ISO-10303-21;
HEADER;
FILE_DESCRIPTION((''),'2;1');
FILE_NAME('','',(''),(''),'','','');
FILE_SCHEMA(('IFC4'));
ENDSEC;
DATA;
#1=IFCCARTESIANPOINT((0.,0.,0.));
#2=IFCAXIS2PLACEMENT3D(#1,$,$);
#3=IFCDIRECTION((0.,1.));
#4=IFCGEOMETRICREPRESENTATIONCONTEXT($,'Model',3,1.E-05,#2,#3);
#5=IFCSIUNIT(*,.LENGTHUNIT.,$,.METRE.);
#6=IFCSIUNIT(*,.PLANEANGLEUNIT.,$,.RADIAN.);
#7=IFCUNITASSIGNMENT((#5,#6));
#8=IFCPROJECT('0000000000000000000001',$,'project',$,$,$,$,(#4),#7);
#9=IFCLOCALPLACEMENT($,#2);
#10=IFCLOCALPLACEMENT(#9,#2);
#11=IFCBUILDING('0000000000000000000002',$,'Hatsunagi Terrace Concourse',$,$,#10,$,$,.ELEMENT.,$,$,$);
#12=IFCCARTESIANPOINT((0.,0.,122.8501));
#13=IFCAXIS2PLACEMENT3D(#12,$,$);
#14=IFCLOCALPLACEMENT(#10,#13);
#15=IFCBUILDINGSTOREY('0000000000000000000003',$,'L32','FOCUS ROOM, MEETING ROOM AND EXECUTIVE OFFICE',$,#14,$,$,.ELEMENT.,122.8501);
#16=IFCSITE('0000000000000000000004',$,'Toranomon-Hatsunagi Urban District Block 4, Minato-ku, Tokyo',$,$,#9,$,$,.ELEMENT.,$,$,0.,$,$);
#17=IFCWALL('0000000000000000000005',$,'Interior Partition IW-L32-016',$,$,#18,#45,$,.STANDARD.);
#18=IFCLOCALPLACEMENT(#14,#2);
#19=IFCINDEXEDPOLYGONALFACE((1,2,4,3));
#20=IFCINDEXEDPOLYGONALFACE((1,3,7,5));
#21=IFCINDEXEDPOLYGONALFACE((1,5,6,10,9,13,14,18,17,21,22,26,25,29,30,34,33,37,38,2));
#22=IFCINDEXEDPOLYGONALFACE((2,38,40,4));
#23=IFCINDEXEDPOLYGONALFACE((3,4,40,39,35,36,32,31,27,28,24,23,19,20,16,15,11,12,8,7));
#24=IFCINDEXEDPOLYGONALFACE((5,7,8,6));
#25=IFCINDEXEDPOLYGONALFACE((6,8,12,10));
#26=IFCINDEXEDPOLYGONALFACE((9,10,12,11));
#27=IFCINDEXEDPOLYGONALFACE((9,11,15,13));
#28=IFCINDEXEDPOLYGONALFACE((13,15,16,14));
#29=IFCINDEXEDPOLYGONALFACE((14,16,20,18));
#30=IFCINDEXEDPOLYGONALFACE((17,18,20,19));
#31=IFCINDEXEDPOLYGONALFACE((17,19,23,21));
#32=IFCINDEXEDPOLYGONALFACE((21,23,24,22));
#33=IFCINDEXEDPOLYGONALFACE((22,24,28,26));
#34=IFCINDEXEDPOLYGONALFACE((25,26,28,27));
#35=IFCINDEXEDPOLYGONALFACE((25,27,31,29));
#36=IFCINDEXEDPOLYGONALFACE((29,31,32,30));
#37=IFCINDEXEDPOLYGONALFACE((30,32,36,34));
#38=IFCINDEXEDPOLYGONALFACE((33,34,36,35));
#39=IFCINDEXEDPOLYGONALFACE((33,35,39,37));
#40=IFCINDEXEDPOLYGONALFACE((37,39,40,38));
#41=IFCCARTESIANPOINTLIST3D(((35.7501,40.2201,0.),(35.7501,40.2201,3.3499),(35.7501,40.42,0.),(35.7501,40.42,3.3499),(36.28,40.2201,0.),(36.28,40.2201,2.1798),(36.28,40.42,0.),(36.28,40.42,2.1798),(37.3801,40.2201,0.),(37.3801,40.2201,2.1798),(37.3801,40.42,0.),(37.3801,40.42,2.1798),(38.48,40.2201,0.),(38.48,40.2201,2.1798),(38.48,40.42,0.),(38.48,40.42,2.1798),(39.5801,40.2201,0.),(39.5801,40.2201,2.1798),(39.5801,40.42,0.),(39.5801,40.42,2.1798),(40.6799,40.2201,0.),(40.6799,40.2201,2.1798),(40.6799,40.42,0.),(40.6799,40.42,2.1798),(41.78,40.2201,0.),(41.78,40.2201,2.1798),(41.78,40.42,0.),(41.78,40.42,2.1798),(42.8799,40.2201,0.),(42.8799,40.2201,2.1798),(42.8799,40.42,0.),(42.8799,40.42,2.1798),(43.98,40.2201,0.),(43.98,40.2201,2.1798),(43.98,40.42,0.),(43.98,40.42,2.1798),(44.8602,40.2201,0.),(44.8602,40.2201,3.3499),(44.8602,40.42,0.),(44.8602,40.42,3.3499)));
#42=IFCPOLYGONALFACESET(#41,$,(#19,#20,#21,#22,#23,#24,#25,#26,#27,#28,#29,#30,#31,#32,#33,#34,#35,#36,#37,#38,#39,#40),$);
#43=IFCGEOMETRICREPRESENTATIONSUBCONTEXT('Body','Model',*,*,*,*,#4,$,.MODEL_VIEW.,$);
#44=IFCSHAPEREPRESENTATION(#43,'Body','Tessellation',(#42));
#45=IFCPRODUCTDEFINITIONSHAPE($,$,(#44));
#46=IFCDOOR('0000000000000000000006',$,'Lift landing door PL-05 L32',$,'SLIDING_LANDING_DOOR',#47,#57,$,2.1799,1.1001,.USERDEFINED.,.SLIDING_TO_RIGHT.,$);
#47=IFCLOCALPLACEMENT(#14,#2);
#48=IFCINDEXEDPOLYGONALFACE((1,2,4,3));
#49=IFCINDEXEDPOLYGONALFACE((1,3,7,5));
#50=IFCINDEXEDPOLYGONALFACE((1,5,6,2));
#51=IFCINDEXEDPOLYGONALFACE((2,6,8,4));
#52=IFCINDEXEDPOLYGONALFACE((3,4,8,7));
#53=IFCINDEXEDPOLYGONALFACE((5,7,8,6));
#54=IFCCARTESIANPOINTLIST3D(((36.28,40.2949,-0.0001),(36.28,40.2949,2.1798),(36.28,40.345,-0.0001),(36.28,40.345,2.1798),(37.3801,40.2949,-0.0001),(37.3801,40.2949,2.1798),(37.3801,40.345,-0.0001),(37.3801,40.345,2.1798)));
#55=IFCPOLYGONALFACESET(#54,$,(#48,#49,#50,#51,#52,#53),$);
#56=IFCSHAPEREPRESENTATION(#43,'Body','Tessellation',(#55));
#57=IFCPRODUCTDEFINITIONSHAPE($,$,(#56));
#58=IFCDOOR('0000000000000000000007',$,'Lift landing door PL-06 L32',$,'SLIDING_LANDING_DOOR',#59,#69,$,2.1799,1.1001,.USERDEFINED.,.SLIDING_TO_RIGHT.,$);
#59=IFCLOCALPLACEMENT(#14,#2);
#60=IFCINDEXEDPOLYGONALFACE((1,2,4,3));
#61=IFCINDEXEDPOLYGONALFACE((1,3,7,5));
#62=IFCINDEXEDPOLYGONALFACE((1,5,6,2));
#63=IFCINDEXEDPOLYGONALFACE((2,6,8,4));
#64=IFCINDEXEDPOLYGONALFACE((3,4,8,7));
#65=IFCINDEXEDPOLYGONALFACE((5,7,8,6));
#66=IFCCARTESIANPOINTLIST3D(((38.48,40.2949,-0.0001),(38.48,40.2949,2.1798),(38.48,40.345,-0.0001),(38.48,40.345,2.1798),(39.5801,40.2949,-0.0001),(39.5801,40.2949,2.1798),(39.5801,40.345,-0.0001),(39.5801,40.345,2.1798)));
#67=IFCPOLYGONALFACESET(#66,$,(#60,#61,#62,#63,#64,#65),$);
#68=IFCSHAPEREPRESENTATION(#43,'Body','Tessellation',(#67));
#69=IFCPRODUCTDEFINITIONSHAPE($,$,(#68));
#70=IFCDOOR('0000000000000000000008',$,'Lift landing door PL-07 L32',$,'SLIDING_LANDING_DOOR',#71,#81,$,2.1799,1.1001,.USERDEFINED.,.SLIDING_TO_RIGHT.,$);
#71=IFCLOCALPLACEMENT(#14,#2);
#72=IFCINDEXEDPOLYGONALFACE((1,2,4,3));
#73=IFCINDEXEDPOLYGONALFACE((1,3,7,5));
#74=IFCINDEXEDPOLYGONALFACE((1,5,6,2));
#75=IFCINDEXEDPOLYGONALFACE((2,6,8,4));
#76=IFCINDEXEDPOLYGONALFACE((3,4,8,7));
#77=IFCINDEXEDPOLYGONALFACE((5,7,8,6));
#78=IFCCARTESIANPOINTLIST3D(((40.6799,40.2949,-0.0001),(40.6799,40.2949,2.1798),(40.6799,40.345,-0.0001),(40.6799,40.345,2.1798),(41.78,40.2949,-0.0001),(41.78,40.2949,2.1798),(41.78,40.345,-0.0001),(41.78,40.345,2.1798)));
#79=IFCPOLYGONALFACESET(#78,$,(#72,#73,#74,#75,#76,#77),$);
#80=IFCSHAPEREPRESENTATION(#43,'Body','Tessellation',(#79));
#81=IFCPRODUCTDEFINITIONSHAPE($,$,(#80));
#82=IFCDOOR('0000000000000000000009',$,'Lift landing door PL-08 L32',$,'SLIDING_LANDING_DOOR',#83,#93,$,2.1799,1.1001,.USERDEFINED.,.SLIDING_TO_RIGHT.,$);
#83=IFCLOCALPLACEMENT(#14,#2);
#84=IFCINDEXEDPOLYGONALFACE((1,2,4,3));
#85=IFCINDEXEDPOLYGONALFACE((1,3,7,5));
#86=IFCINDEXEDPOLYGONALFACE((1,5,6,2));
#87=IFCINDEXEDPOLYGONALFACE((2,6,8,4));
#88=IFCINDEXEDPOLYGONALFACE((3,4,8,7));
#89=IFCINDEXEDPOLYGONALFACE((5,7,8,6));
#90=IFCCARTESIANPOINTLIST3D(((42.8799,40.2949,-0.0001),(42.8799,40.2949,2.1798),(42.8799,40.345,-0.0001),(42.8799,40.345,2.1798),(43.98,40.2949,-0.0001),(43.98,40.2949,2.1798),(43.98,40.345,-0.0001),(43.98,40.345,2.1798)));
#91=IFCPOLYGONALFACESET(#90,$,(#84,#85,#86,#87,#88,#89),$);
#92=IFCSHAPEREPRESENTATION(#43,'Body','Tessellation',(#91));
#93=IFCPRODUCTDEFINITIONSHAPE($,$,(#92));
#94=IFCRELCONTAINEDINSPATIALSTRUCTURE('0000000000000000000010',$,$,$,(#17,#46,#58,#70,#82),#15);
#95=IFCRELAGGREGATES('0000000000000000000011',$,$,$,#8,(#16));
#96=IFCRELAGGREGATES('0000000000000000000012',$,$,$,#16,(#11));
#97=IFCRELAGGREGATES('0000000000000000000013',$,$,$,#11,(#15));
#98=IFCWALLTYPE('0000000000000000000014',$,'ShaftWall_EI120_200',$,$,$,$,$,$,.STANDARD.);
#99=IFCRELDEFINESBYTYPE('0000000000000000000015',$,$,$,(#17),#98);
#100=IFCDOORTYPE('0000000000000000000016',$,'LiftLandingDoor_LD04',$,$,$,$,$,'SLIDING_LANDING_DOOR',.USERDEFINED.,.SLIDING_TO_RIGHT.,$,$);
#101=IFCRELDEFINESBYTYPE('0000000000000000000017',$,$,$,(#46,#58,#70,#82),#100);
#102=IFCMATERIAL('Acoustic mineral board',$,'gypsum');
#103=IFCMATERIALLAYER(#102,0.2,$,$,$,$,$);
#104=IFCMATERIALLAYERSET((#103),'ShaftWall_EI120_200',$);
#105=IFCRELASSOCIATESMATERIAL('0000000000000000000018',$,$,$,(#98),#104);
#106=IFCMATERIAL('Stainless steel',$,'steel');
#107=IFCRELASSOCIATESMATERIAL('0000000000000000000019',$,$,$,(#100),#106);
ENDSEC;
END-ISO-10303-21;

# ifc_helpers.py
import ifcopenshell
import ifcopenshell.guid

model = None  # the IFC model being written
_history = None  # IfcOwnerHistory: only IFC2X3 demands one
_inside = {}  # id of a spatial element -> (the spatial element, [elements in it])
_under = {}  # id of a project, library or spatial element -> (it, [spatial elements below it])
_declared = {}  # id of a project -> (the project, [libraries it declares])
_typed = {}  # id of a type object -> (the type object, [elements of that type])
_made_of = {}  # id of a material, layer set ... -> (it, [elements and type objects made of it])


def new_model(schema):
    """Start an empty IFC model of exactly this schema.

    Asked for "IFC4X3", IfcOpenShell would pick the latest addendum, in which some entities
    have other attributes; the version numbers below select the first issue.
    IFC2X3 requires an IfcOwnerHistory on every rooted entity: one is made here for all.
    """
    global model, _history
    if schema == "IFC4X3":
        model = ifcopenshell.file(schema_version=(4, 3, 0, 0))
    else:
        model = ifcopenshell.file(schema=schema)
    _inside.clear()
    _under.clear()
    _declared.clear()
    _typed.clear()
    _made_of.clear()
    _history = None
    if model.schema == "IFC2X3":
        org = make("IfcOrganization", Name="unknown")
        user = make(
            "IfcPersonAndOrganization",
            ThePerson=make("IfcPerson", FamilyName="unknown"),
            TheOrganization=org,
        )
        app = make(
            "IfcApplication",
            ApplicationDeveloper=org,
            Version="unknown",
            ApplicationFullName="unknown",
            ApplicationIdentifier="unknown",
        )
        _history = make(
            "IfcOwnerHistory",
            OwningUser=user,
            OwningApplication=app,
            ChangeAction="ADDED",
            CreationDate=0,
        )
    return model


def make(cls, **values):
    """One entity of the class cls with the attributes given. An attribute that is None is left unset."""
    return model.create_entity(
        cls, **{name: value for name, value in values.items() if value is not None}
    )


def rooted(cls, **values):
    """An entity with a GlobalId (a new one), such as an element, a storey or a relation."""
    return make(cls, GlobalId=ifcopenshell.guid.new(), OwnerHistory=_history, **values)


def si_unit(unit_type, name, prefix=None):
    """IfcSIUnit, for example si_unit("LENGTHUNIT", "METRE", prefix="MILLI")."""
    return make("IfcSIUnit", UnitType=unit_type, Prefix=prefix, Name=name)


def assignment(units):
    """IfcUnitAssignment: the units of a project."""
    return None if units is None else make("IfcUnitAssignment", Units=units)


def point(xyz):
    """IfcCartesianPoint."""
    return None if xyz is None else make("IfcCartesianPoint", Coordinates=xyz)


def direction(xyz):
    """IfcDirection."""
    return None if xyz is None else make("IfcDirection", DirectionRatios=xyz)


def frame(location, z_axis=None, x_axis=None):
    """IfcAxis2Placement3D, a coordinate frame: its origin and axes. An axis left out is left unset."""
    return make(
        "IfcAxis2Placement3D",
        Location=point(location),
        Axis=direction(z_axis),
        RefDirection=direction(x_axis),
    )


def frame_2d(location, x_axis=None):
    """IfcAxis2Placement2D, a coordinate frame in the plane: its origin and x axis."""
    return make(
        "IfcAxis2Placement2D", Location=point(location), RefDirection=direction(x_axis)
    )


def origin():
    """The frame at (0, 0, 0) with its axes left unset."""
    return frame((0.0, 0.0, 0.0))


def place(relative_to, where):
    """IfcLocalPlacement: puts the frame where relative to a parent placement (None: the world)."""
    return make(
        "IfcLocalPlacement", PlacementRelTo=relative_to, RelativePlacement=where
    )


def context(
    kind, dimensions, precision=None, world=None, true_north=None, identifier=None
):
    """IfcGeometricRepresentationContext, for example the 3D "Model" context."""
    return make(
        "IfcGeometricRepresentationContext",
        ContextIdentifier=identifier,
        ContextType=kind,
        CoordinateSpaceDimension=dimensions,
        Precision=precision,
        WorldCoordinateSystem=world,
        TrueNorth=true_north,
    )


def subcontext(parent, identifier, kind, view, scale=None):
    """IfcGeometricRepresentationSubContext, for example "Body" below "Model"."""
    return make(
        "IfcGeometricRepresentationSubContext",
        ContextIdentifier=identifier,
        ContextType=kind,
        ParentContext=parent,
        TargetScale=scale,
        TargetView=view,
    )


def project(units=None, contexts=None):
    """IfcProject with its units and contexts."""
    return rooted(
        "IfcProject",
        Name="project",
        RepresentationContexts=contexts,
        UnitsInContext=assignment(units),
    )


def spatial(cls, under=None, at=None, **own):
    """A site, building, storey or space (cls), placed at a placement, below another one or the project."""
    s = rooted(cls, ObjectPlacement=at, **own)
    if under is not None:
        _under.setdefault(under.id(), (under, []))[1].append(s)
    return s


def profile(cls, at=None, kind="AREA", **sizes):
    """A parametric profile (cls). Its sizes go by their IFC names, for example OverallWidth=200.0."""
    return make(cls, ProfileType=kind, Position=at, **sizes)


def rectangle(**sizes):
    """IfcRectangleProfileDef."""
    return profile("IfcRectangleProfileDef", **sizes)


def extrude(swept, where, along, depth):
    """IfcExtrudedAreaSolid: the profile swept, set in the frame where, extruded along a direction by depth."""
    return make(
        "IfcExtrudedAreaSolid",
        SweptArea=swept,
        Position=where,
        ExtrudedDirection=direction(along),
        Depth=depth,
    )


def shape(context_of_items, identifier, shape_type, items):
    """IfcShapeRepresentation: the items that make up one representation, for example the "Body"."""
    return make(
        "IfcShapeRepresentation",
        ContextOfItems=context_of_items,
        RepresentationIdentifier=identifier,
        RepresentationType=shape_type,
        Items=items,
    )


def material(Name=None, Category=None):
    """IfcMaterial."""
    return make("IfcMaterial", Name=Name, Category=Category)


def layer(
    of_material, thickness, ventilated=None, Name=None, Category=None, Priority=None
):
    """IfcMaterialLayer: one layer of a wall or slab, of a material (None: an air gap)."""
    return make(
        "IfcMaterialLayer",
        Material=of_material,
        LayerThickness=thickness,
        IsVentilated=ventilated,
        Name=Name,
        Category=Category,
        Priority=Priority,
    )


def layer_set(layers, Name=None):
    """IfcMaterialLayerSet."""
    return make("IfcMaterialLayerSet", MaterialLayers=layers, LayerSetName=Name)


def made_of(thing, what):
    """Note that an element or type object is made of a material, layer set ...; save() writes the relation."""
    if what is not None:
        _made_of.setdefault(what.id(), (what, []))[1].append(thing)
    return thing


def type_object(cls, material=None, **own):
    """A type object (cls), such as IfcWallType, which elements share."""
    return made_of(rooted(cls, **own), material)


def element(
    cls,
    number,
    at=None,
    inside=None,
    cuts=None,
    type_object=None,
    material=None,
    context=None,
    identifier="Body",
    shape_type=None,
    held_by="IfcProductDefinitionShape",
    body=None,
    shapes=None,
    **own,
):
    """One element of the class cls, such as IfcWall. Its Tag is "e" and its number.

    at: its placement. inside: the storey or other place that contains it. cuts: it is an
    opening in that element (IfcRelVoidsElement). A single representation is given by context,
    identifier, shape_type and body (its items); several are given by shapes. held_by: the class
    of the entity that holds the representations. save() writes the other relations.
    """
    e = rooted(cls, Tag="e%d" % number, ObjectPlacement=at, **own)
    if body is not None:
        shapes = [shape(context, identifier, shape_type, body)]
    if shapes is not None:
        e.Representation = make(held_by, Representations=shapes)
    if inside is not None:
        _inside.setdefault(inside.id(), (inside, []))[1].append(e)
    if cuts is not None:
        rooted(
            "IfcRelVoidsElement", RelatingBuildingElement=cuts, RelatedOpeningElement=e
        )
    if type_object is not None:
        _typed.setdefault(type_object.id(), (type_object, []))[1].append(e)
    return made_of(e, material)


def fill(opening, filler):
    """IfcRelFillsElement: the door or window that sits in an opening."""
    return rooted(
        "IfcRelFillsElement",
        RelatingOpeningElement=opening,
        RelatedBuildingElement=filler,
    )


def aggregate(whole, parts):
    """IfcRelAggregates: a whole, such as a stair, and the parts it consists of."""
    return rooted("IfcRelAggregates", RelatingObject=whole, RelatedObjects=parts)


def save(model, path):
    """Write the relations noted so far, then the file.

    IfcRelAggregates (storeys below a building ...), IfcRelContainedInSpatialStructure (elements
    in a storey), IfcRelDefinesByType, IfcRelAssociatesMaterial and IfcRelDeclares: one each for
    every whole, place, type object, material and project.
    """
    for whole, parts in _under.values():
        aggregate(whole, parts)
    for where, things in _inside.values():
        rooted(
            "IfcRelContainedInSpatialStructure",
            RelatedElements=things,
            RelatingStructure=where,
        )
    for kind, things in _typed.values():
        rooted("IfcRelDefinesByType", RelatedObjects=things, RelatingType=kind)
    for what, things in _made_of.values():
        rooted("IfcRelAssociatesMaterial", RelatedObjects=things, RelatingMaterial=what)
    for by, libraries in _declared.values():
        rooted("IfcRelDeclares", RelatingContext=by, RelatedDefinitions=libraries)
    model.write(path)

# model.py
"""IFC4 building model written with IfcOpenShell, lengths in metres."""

from ifc_helpers import new_model, si_unit, direction, frame, frame_2d, origin, place, context, subcontext, project, spatial, rectangle, extrude, material, layer, layer_set, type_object, element, fill, save


model = new_model("IFC4")

# Units and contexts
model_context = context("Model", 3, precision=1e-05, world=origin(), true_north=direction((0.0, 1.0)))
body_context = subcontext(model_context, "Body", "Model", "MODEL_VIEW")
ifc_project = project(units=[si_unit("LENGTHUNIT", "METRE"), si_unit("PLANEANGLEUNIT", "RADIAN")], contexts=[model_context])

# Site, building, storey
site_placement = place(None, origin())
site = spatial("IfcSite", under=ifc_project, at=site_placement, Name="Toranomon-Hatsunagi Urban District Block 4, Minato-ku, Tokyo", CompositionType="ELEMENT", RefElevation=0.0)
building_placement = place(site_placement, origin())
building = spatial("IfcBuilding", under=site, at=building_placement, Name="Hatsunagi Terrace Concourse", CompositionType="ELEMENT")
storey_placement = place(building_placement, frame((0.0, 0.0, 122.8501)))
storey = spatial("IfcBuildingStorey", under=building, at=storey_placement, Name="L32", Description="FOCUS ROOM, MEETING ROOM AND EXECUTIVE OFFICE", CompositionType="ELEMENT", Elevation=122.8501)

# Shared definitions
ifc_material_1 = material(Name="Acoustic mineral board", Category="gypsum")
ifc_layer_1 = layer(ifc_material_1, 0.2)
ifc_layer_set_1 = layer_set([ifc_layer_1], Name="ShaftWall_EI120_200")
wall_type_1 = type_object("IfcWallType", Name="ShaftWall_EI120_200", PredefinedType="STANDARD", material=ifc_layer_set_1)

# Wall, openings, doors
wall_1_placement = place(storey_placement, frame((35.75, 40.3201, 0.0), z_axis=(0.0, 0.0, 1.0), x_axis=(1.0, 0.0, 0.0)))
wall_1 = element("IfcWall", 1, at=wall_1_placement, inside=storey, type_object=wall_type_1, Name="Interior Partition IW-L32-016", PredefinedType="STANDARD", context=body_context, shape_type="SweptSolid", body=[
    extrude(rectangle(XDim=9.1101, YDim=0.2, at=frame_2d((4.5552, 0.0))), origin(), (0.0, 0.0, 1.0), 3.3499),
])
opening_1_placement = place(wall_1_placement, frame((0.53, 0.0, 0.0)))
opening_1 = element("IfcOpeningElement", 2, at=opening_1_placement, cuts=wall_1, PredefinedType="OPENING", context=body_context, shape_type="SweptSolid", body=[
    extrude(rectangle(XDim=1.1001, YDim=2.1799, at=frame_2d((0.55, 1.0898))), frame((0.0, 0.1099, 0.0), z_axis=(0.0, -1.0, 0.0), x_axis=(1.0, 0.0, 0.0)), (0.0, 0.0, 1.0), 0.22),
])
opening_2_placement = place(wall_1_placement, frame((2.73, 0.0, 0.0)))
opening_2 = element("IfcOpeningElement", 3, at=opening_2_placement, cuts=wall_1, PredefinedType="OPENING", context=body_context, shape_type="SweptSolid", body=[
    extrude(rectangle(XDim=1.1001, YDim=2.1799, at=frame_2d((0.55, 1.0898))), frame((0.0, 0.1099, 0.0), z_axis=(0.0, -1.0, 0.0), x_axis=(1.0, 0.0, 0.0)), (0.0, 0.0, 1.0), 0.22),
])
opening_3_placement = place(wall_1_placement, frame((4.9299, 0.0, 0.0)))
opening_3 = element("IfcOpeningElement", 4, at=opening_3_placement, cuts=wall_1, PredefinedType="OPENING", context=body_context, shape_type="SweptSolid", body=[
    extrude(rectangle(XDim=1.1001, YDim=2.1799, at=frame_2d((0.55, 1.0898))), frame((0.0, 0.1099, 0.0), z_axis=(0.0, -1.0, 0.0), x_axis=(1.0, 0.0, 0.0)), (0.0, 0.0, 1.0), 0.22),
])
opening_4_placement = place(wall_1_placement, frame((7.1299, 0.0, 0.0)))
opening_4 = element("IfcOpeningElement", 5, at=opening_4_placement, cuts=wall_1, PredefinedType="OPENING", context=body_context, shape_type="SweptSolid", body=[
    extrude(rectangle(XDim=1.1001, YDim=2.1799, at=frame_2d((0.55, 1.0898))), frame((0.0, 0.1099, 0.0), z_axis=(0.0, -1.0, 0.0), x_axis=(1.0, 0.0, 0.0)), (0.0, 0.0, 1.0), 0.22),
])
ifc_material_2 = material(Name="Stainless steel", Category="steel")
door_type_1 = type_object("IfcDoorType", Name="LiftLandingDoor_LD04", ElementType="SLIDING_LANDING_DOOR", OperationType="SLIDING_TO_RIGHT", PredefinedType="USERDEFINED", material=ifc_material_2)
door_1_placement = place(opening_1_placement, origin())
door_1 = element("IfcDoor", 6, at=door_1_placement, inside=storey, type_object=door_type_1, Name="Lift landing door PL-05 L32", ObjectType="SLIDING_LANDING_DOOR", OperationType="SLIDING_TO_RIGHT", OverallHeight=2.1799, OverallWidth=1.1001, PredefinedType="USERDEFINED", context=body_context, shape_type="SweptSolid", body=[
    extrude(rectangle(XDim=1.1001, YDim=2.1799, at=frame_2d((0.55, 1.0898))), frame((0.0, 0.0249, 0.0), z_axis=(0.0, -1.0, 0.0), x_axis=(1.0, 0.0, 0.0)), (0.0, 0.0, 1.0), 0.05),
])
fill(opening_1, door_1)
door_2_placement = place(opening_2_placement, origin())
door_2 = element("IfcDoor", 7, at=door_2_placement, inside=storey, type_object=door_type_1, Name="Lift landing door PL-06 L32", ObjectType="SLIDING_LANDING_DOOR", OperationType="SLIDING_TO_RIGHT", OverallHeight=2.1799, OverallWidth=1.1001, PredefinedType="USERDEFINED", context=body_context, shape_type="SweptSolid", body=[
    extrude(rectangle(XDim=1.1001, YDim=2.1799, at=frame_2d((0.55, 1.0898))), frame((0.0, 0.0249, 0.0), z_axis=(0.0, -1.0, 0.0), x_axis=(1.0, 0.0, 0.0)), (0.0, 0.0, 1.0), 0.05),
])
fill(opening_2, door_2)
door_3_placement = place(opening_3_placement, origin())
door_3 = element("IfcDoor", 8, at=door_3_placement, inside=storey, type_object=door_type_1, Name="Lift landing door PL-07 L32", ObjectType="SLIDING_LANDING_DOOR", OperationType="SLIDING_TO_RIGHT", OverallHeight=2.1799, OverallWidth=1.1001, PredefinedType="USERDEFINED", context=body_context, shape_type="SweptSolid", body=[
    extrude(rectangle(XDim=1.1001, YDim=2.1799, at=frame_2d((0.55, 1.0898))), frame((0.0, 0.0249, 0.0), z_axis=(0.0, -1.0, 0.0), x_axis=(1.0, 0.0, 0.0)), (0.0, 0.0, 1.0), 0.05),
])
fill(opening_3, door_3)
door_4_placement = place(opening_4_placement, origin())
door_4 = element("IfcDoor", 9, at=door_4_placement, inside=storey, type_object=door_type_1, Name="Lift landing door PL-08 L32", ObjectType="SLIDING_LANDING_DOOR", OperationType="SLIDING_TO_RIGHT", OverallHeight=2.1799, OverallWidth=1.1001, PredefinedType="USERDEFINED", context=body_context, shape_type="SweptSolid", body=[
    extrude(rectangle(XDim=1.1001, YDim=2.1799, at=frame_2d((0.55, 1.0898))), frame((0.0, 0.0249, 0.0), z_axis=(0.0, -1.0, 0.0), x_axis=(1.0, 0.0, 0.0)), (0.0, 0.0, 1.0), 0.05),
])
fill(opening_4, door_4)

save(model, "model.ifc")
